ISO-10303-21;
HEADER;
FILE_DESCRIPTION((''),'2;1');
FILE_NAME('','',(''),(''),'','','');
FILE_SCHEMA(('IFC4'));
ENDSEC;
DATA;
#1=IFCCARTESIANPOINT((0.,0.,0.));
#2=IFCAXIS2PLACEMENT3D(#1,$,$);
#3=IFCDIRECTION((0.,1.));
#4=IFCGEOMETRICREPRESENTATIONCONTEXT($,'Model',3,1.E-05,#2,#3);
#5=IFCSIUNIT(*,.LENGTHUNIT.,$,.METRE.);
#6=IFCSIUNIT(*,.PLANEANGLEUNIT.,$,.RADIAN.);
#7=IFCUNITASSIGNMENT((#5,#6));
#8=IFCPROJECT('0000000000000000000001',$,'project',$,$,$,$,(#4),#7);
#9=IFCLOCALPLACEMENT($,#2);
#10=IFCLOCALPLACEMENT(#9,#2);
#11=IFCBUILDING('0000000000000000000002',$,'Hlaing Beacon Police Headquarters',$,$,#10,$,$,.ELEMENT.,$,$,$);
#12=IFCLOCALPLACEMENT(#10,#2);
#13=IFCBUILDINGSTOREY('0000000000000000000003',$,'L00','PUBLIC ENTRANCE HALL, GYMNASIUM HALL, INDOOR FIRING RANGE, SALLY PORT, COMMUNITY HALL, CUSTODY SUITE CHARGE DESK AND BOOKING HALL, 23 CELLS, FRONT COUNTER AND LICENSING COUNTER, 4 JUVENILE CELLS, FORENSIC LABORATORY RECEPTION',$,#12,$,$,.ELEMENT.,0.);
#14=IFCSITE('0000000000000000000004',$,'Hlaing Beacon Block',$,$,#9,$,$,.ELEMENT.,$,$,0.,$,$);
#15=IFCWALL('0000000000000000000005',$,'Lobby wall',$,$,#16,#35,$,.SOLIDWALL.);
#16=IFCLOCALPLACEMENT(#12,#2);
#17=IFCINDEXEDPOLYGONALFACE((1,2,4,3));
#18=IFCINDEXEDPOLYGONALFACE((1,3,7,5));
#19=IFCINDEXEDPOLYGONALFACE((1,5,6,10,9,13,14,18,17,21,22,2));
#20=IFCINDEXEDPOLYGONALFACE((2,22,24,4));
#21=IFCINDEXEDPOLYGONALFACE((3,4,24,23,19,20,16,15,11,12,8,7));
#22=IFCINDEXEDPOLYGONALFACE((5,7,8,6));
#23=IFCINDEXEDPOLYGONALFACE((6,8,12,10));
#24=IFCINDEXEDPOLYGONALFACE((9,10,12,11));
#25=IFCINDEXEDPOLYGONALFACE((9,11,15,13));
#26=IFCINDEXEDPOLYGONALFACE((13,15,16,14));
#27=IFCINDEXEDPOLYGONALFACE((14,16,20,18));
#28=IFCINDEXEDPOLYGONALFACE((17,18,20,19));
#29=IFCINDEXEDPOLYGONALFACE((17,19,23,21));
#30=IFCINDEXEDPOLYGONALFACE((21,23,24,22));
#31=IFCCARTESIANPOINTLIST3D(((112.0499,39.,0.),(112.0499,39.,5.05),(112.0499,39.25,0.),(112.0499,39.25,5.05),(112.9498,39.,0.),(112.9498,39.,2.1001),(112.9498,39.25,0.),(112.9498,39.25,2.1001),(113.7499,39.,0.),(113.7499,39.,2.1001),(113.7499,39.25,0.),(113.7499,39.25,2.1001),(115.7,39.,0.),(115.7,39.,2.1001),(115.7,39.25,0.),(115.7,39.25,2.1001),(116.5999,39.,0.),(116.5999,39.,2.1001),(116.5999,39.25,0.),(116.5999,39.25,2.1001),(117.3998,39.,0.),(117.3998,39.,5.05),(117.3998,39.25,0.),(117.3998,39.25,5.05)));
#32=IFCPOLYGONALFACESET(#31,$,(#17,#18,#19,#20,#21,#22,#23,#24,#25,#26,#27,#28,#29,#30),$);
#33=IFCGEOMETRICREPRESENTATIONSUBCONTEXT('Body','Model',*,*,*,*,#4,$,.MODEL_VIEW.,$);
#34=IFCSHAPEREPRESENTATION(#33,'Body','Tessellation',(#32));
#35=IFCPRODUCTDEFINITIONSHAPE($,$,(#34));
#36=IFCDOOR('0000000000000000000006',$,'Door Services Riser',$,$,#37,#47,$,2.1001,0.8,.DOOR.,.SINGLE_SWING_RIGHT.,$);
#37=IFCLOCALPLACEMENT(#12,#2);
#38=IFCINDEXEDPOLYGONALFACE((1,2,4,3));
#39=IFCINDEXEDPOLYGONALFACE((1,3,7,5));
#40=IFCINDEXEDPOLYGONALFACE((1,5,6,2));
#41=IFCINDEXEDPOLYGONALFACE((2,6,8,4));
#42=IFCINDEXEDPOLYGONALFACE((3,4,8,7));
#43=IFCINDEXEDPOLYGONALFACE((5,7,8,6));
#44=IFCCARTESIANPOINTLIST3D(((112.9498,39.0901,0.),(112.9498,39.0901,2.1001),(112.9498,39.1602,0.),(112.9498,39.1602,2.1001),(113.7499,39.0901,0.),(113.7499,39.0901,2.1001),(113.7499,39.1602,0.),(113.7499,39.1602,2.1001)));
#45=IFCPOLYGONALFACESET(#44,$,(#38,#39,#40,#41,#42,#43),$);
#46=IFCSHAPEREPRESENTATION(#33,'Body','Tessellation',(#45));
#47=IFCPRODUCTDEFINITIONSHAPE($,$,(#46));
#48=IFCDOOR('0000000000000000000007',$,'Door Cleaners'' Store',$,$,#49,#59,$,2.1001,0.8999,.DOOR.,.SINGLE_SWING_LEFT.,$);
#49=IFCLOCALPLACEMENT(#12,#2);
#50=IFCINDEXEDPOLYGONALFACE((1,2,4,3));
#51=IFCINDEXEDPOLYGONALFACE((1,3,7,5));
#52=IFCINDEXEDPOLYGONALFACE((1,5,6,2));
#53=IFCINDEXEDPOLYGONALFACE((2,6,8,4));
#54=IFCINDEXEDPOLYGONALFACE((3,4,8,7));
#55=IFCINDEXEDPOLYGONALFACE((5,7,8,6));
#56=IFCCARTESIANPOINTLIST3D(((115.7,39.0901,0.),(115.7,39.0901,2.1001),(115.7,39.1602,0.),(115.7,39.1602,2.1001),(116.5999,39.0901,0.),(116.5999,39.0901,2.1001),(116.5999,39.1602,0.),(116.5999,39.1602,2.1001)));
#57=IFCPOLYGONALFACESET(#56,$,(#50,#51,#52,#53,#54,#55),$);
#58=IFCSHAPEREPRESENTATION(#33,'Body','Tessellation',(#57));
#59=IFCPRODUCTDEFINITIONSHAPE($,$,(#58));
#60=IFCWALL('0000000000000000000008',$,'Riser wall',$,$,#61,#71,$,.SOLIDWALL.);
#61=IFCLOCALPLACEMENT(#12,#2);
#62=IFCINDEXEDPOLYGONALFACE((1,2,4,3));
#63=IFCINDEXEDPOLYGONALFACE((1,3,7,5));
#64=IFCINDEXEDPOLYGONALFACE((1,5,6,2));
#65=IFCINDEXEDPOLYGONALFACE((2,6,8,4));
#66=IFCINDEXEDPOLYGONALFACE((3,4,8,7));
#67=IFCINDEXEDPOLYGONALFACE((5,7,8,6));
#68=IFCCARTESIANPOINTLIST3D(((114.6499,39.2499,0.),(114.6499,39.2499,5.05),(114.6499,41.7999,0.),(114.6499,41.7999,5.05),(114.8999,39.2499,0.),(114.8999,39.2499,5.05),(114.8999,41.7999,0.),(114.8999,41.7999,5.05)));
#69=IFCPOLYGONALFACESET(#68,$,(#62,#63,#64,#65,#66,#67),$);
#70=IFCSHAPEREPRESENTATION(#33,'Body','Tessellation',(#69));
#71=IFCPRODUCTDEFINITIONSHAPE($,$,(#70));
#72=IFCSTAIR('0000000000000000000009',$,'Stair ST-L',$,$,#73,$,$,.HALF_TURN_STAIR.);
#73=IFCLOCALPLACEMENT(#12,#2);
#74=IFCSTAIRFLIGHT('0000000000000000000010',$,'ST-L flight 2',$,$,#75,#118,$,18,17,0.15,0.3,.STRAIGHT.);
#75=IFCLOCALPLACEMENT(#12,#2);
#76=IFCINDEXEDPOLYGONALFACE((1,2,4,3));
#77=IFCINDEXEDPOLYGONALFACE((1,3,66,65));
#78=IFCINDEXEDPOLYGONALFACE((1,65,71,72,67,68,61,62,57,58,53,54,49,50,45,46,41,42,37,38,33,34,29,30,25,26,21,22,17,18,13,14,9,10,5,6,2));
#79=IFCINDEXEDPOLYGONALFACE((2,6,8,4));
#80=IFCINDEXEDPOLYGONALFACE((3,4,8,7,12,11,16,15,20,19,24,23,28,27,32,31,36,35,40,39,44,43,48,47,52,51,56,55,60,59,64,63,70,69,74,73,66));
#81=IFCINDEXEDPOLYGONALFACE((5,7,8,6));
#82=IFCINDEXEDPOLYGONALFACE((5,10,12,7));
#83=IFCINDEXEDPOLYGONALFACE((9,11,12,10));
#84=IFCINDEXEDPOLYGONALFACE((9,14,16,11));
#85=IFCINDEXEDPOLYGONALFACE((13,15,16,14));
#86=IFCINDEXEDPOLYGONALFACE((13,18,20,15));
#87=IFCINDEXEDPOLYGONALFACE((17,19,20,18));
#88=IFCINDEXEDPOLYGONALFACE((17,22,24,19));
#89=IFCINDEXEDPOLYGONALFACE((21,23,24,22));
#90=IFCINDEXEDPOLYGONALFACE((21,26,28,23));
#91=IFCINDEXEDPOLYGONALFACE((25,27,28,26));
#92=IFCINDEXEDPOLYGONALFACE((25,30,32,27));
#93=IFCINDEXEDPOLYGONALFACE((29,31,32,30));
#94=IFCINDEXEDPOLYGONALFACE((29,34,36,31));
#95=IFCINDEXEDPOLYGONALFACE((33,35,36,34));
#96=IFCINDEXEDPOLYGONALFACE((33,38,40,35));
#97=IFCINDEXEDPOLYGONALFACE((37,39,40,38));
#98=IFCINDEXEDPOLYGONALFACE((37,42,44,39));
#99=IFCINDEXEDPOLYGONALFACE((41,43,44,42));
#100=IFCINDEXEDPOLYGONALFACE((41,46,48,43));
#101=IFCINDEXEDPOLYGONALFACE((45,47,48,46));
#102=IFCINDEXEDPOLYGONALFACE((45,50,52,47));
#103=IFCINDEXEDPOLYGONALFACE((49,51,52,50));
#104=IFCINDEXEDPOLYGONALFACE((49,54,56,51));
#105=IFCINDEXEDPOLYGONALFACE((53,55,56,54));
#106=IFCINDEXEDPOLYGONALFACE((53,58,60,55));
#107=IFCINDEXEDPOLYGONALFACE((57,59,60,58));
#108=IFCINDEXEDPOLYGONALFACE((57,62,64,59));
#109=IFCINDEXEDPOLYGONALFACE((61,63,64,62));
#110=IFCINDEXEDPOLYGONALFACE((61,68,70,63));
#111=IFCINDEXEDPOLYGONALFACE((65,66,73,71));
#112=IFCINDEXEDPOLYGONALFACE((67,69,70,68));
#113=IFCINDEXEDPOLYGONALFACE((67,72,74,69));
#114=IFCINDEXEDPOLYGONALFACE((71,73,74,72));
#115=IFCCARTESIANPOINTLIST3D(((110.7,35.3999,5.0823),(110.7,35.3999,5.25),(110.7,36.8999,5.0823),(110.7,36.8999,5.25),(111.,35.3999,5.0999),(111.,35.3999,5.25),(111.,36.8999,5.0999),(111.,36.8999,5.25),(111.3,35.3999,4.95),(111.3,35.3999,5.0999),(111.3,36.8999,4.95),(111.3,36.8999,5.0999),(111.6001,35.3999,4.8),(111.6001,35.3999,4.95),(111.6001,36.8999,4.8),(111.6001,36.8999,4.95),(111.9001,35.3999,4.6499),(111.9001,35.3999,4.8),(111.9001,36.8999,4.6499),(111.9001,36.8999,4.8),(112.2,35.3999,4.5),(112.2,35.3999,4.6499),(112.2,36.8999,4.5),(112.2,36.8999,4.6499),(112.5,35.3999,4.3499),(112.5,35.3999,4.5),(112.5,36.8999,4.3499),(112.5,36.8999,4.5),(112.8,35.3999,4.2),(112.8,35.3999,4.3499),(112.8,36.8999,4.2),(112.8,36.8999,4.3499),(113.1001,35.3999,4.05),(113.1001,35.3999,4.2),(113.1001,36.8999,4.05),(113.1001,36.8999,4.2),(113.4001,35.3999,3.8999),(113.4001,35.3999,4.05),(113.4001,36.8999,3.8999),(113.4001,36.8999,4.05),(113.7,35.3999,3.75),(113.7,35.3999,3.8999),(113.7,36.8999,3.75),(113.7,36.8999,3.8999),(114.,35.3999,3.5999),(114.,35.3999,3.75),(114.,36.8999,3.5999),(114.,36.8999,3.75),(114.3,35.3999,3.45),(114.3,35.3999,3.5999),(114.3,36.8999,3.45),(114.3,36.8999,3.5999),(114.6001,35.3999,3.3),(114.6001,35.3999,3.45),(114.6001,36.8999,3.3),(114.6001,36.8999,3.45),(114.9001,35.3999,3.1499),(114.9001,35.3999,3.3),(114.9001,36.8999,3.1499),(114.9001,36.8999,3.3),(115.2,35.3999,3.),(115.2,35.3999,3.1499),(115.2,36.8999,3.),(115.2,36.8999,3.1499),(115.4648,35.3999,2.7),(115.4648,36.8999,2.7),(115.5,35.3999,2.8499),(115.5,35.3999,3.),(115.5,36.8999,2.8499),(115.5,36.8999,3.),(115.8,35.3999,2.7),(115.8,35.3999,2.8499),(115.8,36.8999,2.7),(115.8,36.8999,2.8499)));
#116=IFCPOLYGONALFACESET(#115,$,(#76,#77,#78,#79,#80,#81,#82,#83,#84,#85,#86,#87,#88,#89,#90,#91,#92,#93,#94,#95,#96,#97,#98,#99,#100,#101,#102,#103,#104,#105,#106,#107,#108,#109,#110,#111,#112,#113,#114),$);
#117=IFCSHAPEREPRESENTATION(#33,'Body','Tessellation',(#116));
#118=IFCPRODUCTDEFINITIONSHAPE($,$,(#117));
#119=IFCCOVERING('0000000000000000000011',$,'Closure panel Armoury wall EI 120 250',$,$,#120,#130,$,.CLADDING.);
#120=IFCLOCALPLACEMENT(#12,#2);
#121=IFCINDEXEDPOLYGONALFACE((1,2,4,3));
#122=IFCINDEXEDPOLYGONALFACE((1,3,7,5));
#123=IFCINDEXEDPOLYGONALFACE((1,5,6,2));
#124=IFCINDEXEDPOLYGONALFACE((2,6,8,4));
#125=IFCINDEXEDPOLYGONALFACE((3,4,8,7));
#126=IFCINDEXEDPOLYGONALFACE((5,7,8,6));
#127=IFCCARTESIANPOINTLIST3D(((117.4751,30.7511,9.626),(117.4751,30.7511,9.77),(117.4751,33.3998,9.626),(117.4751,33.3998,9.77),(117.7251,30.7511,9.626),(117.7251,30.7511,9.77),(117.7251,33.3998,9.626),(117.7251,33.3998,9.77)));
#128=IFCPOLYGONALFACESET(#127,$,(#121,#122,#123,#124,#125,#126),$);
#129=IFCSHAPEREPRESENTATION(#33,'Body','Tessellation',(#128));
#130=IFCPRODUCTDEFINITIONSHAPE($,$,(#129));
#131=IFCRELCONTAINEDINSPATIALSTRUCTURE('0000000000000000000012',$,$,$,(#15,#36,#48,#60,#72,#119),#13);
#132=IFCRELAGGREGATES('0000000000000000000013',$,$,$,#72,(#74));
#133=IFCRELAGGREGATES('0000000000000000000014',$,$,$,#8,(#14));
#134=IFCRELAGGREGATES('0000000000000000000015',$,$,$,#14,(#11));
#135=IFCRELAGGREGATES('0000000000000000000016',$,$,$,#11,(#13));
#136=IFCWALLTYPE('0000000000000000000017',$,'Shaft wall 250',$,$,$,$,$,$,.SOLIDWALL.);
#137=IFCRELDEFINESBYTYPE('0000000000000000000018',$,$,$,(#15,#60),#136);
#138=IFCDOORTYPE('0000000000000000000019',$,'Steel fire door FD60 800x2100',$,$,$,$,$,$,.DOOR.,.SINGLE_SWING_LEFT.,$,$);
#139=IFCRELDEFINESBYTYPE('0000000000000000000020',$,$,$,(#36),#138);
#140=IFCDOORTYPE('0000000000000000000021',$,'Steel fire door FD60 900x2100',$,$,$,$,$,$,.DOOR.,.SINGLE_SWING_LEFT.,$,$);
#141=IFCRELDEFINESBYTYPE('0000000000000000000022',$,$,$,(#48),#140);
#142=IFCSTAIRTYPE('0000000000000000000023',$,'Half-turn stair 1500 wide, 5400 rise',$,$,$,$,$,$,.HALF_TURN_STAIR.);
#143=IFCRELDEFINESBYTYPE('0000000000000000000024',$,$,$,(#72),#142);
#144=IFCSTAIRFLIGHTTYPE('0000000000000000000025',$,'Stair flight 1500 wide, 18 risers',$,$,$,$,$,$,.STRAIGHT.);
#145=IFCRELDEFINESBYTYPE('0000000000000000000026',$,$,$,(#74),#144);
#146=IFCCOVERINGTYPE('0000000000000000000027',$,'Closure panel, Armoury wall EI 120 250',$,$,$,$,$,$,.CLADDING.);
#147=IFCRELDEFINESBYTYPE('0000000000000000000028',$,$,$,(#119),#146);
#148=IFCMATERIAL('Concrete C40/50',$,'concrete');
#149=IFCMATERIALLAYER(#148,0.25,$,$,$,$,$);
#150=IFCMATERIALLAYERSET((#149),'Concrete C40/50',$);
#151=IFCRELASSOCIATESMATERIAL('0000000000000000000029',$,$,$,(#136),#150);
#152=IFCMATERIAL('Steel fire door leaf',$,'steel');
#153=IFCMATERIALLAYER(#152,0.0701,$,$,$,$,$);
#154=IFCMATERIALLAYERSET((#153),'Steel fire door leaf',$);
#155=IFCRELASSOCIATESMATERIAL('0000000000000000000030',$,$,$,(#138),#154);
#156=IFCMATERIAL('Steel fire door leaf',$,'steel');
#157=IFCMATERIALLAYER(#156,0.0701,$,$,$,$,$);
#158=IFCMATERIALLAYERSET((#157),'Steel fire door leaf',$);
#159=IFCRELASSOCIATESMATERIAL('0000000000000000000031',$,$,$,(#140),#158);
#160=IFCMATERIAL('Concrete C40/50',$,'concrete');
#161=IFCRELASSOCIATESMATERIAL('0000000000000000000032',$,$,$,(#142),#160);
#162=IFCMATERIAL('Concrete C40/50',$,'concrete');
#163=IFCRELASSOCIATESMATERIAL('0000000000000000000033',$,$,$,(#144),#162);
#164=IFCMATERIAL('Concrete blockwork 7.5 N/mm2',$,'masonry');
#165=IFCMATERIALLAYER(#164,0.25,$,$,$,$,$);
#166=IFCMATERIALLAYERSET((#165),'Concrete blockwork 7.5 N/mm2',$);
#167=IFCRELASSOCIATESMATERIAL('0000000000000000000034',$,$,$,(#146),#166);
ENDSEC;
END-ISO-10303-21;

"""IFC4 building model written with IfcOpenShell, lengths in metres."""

from ifc_helpers import new_model, si_unit, direction, frame, frame_2d, origin, place, context, subcontext, project, spatial, polyline, rectangle, outline, extrude, material, layer, layer_set, type_object, element, fill, aggregate, save


model = new_model("IFC4")

# Units and contexts
model_context = context("Model", 3, precision=1e-05, world=origin(), true_north=direction((0.0, 1.0)))
body_context = subcontext(model_context, "Body", "Model", "MODEL_VIEW")
ifc_project = project(units=[si_unit("LENGTHUNIT", "METRE"), si_unit("PLANEANGLEUNIT", "RADIAN")], contexts=[model_context])

# Site, building, storey
site_placement = place(None, origin())
site = spatial("IfcSite", under=ifc_project, at=site_placement, Name="Hlaing Beacon Block", CompositionType="ELEMENT", RefElevation=0.0)
building_placement = place(site_placement, origin())
building = spatial("IfcBuilding", under=site, at=building_placement, Name="Hlaing Beacon Police Headquarters", CompositionType="ELEMENT")
storey_placement = place(building_placement, origin())
storey = spatial("IfcBuildingStorey", under=building, at=storey_placement, Name="L00", Description="PUBLIC ENTRANCE HALL, GYMNASIUM HALL, INDOOR FIRING RANGE, SALLY PORT, COMMUNITY HALL, CUSTODY SUITE CHARGE DESK AND BOOKING HALL, 23 CELLS, FRONT COUNTER AND LICENSING COUNTER, 4 JUVENILE CELLS, FORENSIC LABORATORY RECEPTION", CompositionType="ELEMENT", Elevation=0.0)

# Shared definitions
ifc_material_1 = material(Name="Concrete C40/50", Category="concrete")
ifc_layer_1 = layer(ifc_material_1, 0.25)
ifc_layer_set_1 = layer_set([ifc_layer_1], Name="Concrete C40/50")
wall_type_1 = type_object("IfcWallType", Name="Shaft wall 250", PredefinedType="SOLIDWALL", material=ifc_layer_set_1)

# Wall, openings, doors
wall_1_placement = place(storey_placement, frame((112.05, 39.125, 0.0), z_axis=(0.0, 0.0, 1.0), x_axis=(1.0, 0.0, 0.0)))
wall_1 = element("IfcWall", 1, at=wall_1_placement, inside=storey, type_object=wall_type_1, Name="Lobby wall", PredefinedType="SOLIDWALL", context=body_context, shape_type="SweptSolid", body=[
    extrude(rectangle(XDim=5.3499, YDim=0.25, at=frame_2d((2.6748, 0.0))), origin(), (0.0, 0.0, 1.0), 5.05),
])
opening_1_placement = place(wall_1_placement, frame((3.6499, 0.0, 0.0)))
opening_1 = element("IfcOpeningElement", 2, at=opening_1_placement, cuts=wall_1, PredefinedType="OPENING", context=body_context, shape_type="SweptSolid", body=[
    extrude(rectangle(XDim=0.8999, YDim=2.1001, at=frame_2d((0.45, 1.05))), frame((0.0, 0.135, 0.0), z_axis=(0.0, -1.0, 0.0), x_axis=(1.0, 0.0, 0.0)), (0.0, 0.0, 1.0), 0.27),
])
opening_2_placement = place(wall_1_placement, frame((0.8999, 0.0, 0.0)))
opening_2 = element("IfcOpeningElement", 3, at=opening_2_placement, cuts=wall_1, PredefinedType="OPENING", context=body_context, shape_type="SweptSolid", body=[
    extrude(rectangle(XDim=0.8, YDim=2.1001, at=frame_2d((0.3999, 1.05))), frame((0.0, 0.135, 0.0), z_axis=(0.0, -1.0, 0.0), x_axis=(1.0, 0.0, 0.0)), (0.0, 0.0, 1.0), 0.27),
])
ifc_material_2 = material(Name="Steel fire door leaf", Category="steel")
ifc_layer_2 = layer(ifc_material_2, 0.0701)
ifc_layer_set_2 = layer_set([ifc_layer_2], Name="Steel fire door leaf")
door_type_1 = type_object("IfcDoorType", Name="Steel fire door FD60 800x2100", OperationType="SINGLE_SWING_LEFT", PredefinedType="DOOR", material=ifc_layer_set_2)
door_1_placement = place(opening_2_placement, origin())
door_1 = element("IfcDoor", 4, at=door_1_placement, inside=storey, type_object=door_type_1, Name="Door Services Riser", OperationType="SINGLE_SWING_RIGHT", OverallHeight=2.1001, OverallWidth=0.8, PredefinedType="DOOR", context=body_context, shape_type="SweptSolid", body=[
    extrude(rectangle(XDim=0.8, YDim=2.1001, at=frame_2d((0.3999, 1.05))), frame((0.0, 0.0352, 0.0), z_axis=(0.0, -1.0, 0.0), x_axis=(1.0, 0.0, 0.0)), (0.0, 0.0, 1.0), 0.0701),
])
fill(opening_2, door_1)
ifc_material_3 = material(Name="Steel fire door leaf", Category="steel")
ifc_layer_3 = layer(ifc_material_3, 0.0701)
ifc_layer_set_3 = layer_set([ifc_layer_3], Name="Steel fire door leaf")
door_type_2 = type_object("IfcDoorType", Name="Steel fire door FD60 900x2100", OperationType="SINGLE_SWING_LEFT", PredefinedType="DOOR", material=ifc_layer_set_3)
door_2_placement = place(opening_1_placement, origin())
door_2 = element("IfcDoor", 5, at=door_2_placement, inside=storey, type_object=door_type_2, Name="Door Cleaners' Store", OperationType="SINGLE_SWING_LEFT", OverallHeight=2.1001, OverallWidth=0.8999, PredefinedType="DOOR", context=body_context, shape_type="SweptSolid", body=[
    extrude(rectangle(XDim=0.8999, YDim=2.1001, at=frame_2d((0.45, 1.05))), frame((0.0, 0.0352, 0.0), z_axis=(0.0, -1.0, 0.0), x_axis=(1.0, 0.0, 0.0)), (0.0, 0.0, 1.0), 0.0701),
])
fill(opening_1, door_2)

# Wall
wall_2_placement = place(storey_placement, frame((114.7749, 39.25, 0.0), z_axis=(0.0, 0.0, 1.0), x_axis=(0.0, 1.0, 0.0)))
element("IfcWall", 6, at=wall_2_placement, inside=storey, type_object=wall_type_1, Name="Riser wall", PredefinedType="SOLIDWALL", context=body_context, shape_type="SweptSolid", body=[
    extrude(rectangle(XDim=2.55, YDim=0.25, at=frame_2d((1.2749, 0.0))), origin(), (0.0, 0.0, 1.0), 5.05),
])

# Stair, stair flight
ifc_material_4 = material(Name="Concrete C40/50", Category="concrete")
stair_type = type_object("IfcStairType", Name="Half-turn stair 1500 wide, 5400 rise", PredefinedType="HALF_TURN_STAIR", material=ifc_material_4)
stair_placement = place(storey_placement, origin())
stair = element("IfcStair", 7, at=stair_placement, inside=storey, type_object=stair_type, Name="Stair ST-L", PredefinedType="HALF_TURN_STAIR")
ifc_material_5 = material(Name="Concrete C40/50", Category="concrete")
stair_flight_type = type_object("IfcStairFlightType", Name="Stair flight 1500 wide, 18 risers", PredefinedType="STRAIGHT", material=ifc_material_5)
stair_flight_placement = place(storey_placement, frame((115.8, 36.1499, 2.7), z_axis=(0.0, 0.0, 1.0), x_axis=(-1.0, 0.0, 0.0)))
stair_flight = element("IfcStairFlight", 8, at=stair_flight_placement, type_object=stair_flight_type, Name="ST-L flight 2", NumberOfRisers=18, NumberOfTreads=17, PredefinedType="STRAIGHT", RiserHeight=0.15, TreadLength=0.3, context=body_context, shape_type="SweptSolid", body=[
    extrude(outline(polyline([(0.0, 0.0), (0.0, 0.1499), (0.3, 0.1499), (0.3, 0.3), (0.6001, 0.3), (0.6001, 0.45), (0.8999, 0.45), (0.8999, 0.6001), (1.2, 0.6001), (1.2, 0.75), (1.5, 0.75), (1.5, 0.8999), (1.8, 0.8999), (1.8, 1.05), (2.1001, 1.05), (2.1001, 1.2), (2.3999, 1.2), (2.3999, 1.3501), (2.7, 1.3501), (2.7, 1.5), (3.0, 1.5), (3.0, 1.6499), (3.3, 1.6499), (3.3, 1.8), (3.6001, 1.8), (3.6001, 1.95), (3.8999, 1.95), (3.8999, 2.1001), (4.2, 2.1001), (4.2, 2.25), (4.5, 2.25), (4.5, 2.3999), (4.8, 2.3999), (4.8, 2.55), (5.1001, 2.55), (5.1001, 2.7), (5.1001, 2.3823), (0.3352, 0.0), (0.0, 0.0)])), frame((0.0, 0.75, 0.0), z_axis=(0.0, -1.0, 0.0), x_axis=(1.0, 0.0, 0.0)), (0.0, 0.0, 1.0), 1.5),
])
aggregate(stair, [stair_flight])

# Covering
ifc_material_6 = material(Name="Concrete blockwork 7.5 N/mm2", Category="masonry")
ifc_layer_4 = layer(ifc_material_6, 0.25)
ifc_layer_set_4 = layer_set([ifc_layer_4], Name="Concrete blockwork 7.5 N/mm2")
covering_type = type_object("IfcCoveringType", Name="Closure panel, Armoury wall EI 120 250", PredefinedType="CLADDING", material=ifc_layer_set_4)
covering_placement = place(storey_placement, frame((117.6001, 30.7512, 9.626), z_axis=(0.0, 0.0, 1.0), x_axis=(0.0, 1.0, 0.0)))
element("IfcCovering", 9, at=covering_placement, inside=storey, type_object=covering_type, Name="Closure panel Armoury wall EI 120 250", PredefinedType="CLADDING", context=body_context, shape_type="SweptSolid", body=[
    extrude(rectangle(XDim=2.6487, YDim=0.25, at=frame_2d((1.3242, 0.0))), origin(), (0.0, 0.0, 1.0), 0.144),
])

save(model, "model.ifc")
